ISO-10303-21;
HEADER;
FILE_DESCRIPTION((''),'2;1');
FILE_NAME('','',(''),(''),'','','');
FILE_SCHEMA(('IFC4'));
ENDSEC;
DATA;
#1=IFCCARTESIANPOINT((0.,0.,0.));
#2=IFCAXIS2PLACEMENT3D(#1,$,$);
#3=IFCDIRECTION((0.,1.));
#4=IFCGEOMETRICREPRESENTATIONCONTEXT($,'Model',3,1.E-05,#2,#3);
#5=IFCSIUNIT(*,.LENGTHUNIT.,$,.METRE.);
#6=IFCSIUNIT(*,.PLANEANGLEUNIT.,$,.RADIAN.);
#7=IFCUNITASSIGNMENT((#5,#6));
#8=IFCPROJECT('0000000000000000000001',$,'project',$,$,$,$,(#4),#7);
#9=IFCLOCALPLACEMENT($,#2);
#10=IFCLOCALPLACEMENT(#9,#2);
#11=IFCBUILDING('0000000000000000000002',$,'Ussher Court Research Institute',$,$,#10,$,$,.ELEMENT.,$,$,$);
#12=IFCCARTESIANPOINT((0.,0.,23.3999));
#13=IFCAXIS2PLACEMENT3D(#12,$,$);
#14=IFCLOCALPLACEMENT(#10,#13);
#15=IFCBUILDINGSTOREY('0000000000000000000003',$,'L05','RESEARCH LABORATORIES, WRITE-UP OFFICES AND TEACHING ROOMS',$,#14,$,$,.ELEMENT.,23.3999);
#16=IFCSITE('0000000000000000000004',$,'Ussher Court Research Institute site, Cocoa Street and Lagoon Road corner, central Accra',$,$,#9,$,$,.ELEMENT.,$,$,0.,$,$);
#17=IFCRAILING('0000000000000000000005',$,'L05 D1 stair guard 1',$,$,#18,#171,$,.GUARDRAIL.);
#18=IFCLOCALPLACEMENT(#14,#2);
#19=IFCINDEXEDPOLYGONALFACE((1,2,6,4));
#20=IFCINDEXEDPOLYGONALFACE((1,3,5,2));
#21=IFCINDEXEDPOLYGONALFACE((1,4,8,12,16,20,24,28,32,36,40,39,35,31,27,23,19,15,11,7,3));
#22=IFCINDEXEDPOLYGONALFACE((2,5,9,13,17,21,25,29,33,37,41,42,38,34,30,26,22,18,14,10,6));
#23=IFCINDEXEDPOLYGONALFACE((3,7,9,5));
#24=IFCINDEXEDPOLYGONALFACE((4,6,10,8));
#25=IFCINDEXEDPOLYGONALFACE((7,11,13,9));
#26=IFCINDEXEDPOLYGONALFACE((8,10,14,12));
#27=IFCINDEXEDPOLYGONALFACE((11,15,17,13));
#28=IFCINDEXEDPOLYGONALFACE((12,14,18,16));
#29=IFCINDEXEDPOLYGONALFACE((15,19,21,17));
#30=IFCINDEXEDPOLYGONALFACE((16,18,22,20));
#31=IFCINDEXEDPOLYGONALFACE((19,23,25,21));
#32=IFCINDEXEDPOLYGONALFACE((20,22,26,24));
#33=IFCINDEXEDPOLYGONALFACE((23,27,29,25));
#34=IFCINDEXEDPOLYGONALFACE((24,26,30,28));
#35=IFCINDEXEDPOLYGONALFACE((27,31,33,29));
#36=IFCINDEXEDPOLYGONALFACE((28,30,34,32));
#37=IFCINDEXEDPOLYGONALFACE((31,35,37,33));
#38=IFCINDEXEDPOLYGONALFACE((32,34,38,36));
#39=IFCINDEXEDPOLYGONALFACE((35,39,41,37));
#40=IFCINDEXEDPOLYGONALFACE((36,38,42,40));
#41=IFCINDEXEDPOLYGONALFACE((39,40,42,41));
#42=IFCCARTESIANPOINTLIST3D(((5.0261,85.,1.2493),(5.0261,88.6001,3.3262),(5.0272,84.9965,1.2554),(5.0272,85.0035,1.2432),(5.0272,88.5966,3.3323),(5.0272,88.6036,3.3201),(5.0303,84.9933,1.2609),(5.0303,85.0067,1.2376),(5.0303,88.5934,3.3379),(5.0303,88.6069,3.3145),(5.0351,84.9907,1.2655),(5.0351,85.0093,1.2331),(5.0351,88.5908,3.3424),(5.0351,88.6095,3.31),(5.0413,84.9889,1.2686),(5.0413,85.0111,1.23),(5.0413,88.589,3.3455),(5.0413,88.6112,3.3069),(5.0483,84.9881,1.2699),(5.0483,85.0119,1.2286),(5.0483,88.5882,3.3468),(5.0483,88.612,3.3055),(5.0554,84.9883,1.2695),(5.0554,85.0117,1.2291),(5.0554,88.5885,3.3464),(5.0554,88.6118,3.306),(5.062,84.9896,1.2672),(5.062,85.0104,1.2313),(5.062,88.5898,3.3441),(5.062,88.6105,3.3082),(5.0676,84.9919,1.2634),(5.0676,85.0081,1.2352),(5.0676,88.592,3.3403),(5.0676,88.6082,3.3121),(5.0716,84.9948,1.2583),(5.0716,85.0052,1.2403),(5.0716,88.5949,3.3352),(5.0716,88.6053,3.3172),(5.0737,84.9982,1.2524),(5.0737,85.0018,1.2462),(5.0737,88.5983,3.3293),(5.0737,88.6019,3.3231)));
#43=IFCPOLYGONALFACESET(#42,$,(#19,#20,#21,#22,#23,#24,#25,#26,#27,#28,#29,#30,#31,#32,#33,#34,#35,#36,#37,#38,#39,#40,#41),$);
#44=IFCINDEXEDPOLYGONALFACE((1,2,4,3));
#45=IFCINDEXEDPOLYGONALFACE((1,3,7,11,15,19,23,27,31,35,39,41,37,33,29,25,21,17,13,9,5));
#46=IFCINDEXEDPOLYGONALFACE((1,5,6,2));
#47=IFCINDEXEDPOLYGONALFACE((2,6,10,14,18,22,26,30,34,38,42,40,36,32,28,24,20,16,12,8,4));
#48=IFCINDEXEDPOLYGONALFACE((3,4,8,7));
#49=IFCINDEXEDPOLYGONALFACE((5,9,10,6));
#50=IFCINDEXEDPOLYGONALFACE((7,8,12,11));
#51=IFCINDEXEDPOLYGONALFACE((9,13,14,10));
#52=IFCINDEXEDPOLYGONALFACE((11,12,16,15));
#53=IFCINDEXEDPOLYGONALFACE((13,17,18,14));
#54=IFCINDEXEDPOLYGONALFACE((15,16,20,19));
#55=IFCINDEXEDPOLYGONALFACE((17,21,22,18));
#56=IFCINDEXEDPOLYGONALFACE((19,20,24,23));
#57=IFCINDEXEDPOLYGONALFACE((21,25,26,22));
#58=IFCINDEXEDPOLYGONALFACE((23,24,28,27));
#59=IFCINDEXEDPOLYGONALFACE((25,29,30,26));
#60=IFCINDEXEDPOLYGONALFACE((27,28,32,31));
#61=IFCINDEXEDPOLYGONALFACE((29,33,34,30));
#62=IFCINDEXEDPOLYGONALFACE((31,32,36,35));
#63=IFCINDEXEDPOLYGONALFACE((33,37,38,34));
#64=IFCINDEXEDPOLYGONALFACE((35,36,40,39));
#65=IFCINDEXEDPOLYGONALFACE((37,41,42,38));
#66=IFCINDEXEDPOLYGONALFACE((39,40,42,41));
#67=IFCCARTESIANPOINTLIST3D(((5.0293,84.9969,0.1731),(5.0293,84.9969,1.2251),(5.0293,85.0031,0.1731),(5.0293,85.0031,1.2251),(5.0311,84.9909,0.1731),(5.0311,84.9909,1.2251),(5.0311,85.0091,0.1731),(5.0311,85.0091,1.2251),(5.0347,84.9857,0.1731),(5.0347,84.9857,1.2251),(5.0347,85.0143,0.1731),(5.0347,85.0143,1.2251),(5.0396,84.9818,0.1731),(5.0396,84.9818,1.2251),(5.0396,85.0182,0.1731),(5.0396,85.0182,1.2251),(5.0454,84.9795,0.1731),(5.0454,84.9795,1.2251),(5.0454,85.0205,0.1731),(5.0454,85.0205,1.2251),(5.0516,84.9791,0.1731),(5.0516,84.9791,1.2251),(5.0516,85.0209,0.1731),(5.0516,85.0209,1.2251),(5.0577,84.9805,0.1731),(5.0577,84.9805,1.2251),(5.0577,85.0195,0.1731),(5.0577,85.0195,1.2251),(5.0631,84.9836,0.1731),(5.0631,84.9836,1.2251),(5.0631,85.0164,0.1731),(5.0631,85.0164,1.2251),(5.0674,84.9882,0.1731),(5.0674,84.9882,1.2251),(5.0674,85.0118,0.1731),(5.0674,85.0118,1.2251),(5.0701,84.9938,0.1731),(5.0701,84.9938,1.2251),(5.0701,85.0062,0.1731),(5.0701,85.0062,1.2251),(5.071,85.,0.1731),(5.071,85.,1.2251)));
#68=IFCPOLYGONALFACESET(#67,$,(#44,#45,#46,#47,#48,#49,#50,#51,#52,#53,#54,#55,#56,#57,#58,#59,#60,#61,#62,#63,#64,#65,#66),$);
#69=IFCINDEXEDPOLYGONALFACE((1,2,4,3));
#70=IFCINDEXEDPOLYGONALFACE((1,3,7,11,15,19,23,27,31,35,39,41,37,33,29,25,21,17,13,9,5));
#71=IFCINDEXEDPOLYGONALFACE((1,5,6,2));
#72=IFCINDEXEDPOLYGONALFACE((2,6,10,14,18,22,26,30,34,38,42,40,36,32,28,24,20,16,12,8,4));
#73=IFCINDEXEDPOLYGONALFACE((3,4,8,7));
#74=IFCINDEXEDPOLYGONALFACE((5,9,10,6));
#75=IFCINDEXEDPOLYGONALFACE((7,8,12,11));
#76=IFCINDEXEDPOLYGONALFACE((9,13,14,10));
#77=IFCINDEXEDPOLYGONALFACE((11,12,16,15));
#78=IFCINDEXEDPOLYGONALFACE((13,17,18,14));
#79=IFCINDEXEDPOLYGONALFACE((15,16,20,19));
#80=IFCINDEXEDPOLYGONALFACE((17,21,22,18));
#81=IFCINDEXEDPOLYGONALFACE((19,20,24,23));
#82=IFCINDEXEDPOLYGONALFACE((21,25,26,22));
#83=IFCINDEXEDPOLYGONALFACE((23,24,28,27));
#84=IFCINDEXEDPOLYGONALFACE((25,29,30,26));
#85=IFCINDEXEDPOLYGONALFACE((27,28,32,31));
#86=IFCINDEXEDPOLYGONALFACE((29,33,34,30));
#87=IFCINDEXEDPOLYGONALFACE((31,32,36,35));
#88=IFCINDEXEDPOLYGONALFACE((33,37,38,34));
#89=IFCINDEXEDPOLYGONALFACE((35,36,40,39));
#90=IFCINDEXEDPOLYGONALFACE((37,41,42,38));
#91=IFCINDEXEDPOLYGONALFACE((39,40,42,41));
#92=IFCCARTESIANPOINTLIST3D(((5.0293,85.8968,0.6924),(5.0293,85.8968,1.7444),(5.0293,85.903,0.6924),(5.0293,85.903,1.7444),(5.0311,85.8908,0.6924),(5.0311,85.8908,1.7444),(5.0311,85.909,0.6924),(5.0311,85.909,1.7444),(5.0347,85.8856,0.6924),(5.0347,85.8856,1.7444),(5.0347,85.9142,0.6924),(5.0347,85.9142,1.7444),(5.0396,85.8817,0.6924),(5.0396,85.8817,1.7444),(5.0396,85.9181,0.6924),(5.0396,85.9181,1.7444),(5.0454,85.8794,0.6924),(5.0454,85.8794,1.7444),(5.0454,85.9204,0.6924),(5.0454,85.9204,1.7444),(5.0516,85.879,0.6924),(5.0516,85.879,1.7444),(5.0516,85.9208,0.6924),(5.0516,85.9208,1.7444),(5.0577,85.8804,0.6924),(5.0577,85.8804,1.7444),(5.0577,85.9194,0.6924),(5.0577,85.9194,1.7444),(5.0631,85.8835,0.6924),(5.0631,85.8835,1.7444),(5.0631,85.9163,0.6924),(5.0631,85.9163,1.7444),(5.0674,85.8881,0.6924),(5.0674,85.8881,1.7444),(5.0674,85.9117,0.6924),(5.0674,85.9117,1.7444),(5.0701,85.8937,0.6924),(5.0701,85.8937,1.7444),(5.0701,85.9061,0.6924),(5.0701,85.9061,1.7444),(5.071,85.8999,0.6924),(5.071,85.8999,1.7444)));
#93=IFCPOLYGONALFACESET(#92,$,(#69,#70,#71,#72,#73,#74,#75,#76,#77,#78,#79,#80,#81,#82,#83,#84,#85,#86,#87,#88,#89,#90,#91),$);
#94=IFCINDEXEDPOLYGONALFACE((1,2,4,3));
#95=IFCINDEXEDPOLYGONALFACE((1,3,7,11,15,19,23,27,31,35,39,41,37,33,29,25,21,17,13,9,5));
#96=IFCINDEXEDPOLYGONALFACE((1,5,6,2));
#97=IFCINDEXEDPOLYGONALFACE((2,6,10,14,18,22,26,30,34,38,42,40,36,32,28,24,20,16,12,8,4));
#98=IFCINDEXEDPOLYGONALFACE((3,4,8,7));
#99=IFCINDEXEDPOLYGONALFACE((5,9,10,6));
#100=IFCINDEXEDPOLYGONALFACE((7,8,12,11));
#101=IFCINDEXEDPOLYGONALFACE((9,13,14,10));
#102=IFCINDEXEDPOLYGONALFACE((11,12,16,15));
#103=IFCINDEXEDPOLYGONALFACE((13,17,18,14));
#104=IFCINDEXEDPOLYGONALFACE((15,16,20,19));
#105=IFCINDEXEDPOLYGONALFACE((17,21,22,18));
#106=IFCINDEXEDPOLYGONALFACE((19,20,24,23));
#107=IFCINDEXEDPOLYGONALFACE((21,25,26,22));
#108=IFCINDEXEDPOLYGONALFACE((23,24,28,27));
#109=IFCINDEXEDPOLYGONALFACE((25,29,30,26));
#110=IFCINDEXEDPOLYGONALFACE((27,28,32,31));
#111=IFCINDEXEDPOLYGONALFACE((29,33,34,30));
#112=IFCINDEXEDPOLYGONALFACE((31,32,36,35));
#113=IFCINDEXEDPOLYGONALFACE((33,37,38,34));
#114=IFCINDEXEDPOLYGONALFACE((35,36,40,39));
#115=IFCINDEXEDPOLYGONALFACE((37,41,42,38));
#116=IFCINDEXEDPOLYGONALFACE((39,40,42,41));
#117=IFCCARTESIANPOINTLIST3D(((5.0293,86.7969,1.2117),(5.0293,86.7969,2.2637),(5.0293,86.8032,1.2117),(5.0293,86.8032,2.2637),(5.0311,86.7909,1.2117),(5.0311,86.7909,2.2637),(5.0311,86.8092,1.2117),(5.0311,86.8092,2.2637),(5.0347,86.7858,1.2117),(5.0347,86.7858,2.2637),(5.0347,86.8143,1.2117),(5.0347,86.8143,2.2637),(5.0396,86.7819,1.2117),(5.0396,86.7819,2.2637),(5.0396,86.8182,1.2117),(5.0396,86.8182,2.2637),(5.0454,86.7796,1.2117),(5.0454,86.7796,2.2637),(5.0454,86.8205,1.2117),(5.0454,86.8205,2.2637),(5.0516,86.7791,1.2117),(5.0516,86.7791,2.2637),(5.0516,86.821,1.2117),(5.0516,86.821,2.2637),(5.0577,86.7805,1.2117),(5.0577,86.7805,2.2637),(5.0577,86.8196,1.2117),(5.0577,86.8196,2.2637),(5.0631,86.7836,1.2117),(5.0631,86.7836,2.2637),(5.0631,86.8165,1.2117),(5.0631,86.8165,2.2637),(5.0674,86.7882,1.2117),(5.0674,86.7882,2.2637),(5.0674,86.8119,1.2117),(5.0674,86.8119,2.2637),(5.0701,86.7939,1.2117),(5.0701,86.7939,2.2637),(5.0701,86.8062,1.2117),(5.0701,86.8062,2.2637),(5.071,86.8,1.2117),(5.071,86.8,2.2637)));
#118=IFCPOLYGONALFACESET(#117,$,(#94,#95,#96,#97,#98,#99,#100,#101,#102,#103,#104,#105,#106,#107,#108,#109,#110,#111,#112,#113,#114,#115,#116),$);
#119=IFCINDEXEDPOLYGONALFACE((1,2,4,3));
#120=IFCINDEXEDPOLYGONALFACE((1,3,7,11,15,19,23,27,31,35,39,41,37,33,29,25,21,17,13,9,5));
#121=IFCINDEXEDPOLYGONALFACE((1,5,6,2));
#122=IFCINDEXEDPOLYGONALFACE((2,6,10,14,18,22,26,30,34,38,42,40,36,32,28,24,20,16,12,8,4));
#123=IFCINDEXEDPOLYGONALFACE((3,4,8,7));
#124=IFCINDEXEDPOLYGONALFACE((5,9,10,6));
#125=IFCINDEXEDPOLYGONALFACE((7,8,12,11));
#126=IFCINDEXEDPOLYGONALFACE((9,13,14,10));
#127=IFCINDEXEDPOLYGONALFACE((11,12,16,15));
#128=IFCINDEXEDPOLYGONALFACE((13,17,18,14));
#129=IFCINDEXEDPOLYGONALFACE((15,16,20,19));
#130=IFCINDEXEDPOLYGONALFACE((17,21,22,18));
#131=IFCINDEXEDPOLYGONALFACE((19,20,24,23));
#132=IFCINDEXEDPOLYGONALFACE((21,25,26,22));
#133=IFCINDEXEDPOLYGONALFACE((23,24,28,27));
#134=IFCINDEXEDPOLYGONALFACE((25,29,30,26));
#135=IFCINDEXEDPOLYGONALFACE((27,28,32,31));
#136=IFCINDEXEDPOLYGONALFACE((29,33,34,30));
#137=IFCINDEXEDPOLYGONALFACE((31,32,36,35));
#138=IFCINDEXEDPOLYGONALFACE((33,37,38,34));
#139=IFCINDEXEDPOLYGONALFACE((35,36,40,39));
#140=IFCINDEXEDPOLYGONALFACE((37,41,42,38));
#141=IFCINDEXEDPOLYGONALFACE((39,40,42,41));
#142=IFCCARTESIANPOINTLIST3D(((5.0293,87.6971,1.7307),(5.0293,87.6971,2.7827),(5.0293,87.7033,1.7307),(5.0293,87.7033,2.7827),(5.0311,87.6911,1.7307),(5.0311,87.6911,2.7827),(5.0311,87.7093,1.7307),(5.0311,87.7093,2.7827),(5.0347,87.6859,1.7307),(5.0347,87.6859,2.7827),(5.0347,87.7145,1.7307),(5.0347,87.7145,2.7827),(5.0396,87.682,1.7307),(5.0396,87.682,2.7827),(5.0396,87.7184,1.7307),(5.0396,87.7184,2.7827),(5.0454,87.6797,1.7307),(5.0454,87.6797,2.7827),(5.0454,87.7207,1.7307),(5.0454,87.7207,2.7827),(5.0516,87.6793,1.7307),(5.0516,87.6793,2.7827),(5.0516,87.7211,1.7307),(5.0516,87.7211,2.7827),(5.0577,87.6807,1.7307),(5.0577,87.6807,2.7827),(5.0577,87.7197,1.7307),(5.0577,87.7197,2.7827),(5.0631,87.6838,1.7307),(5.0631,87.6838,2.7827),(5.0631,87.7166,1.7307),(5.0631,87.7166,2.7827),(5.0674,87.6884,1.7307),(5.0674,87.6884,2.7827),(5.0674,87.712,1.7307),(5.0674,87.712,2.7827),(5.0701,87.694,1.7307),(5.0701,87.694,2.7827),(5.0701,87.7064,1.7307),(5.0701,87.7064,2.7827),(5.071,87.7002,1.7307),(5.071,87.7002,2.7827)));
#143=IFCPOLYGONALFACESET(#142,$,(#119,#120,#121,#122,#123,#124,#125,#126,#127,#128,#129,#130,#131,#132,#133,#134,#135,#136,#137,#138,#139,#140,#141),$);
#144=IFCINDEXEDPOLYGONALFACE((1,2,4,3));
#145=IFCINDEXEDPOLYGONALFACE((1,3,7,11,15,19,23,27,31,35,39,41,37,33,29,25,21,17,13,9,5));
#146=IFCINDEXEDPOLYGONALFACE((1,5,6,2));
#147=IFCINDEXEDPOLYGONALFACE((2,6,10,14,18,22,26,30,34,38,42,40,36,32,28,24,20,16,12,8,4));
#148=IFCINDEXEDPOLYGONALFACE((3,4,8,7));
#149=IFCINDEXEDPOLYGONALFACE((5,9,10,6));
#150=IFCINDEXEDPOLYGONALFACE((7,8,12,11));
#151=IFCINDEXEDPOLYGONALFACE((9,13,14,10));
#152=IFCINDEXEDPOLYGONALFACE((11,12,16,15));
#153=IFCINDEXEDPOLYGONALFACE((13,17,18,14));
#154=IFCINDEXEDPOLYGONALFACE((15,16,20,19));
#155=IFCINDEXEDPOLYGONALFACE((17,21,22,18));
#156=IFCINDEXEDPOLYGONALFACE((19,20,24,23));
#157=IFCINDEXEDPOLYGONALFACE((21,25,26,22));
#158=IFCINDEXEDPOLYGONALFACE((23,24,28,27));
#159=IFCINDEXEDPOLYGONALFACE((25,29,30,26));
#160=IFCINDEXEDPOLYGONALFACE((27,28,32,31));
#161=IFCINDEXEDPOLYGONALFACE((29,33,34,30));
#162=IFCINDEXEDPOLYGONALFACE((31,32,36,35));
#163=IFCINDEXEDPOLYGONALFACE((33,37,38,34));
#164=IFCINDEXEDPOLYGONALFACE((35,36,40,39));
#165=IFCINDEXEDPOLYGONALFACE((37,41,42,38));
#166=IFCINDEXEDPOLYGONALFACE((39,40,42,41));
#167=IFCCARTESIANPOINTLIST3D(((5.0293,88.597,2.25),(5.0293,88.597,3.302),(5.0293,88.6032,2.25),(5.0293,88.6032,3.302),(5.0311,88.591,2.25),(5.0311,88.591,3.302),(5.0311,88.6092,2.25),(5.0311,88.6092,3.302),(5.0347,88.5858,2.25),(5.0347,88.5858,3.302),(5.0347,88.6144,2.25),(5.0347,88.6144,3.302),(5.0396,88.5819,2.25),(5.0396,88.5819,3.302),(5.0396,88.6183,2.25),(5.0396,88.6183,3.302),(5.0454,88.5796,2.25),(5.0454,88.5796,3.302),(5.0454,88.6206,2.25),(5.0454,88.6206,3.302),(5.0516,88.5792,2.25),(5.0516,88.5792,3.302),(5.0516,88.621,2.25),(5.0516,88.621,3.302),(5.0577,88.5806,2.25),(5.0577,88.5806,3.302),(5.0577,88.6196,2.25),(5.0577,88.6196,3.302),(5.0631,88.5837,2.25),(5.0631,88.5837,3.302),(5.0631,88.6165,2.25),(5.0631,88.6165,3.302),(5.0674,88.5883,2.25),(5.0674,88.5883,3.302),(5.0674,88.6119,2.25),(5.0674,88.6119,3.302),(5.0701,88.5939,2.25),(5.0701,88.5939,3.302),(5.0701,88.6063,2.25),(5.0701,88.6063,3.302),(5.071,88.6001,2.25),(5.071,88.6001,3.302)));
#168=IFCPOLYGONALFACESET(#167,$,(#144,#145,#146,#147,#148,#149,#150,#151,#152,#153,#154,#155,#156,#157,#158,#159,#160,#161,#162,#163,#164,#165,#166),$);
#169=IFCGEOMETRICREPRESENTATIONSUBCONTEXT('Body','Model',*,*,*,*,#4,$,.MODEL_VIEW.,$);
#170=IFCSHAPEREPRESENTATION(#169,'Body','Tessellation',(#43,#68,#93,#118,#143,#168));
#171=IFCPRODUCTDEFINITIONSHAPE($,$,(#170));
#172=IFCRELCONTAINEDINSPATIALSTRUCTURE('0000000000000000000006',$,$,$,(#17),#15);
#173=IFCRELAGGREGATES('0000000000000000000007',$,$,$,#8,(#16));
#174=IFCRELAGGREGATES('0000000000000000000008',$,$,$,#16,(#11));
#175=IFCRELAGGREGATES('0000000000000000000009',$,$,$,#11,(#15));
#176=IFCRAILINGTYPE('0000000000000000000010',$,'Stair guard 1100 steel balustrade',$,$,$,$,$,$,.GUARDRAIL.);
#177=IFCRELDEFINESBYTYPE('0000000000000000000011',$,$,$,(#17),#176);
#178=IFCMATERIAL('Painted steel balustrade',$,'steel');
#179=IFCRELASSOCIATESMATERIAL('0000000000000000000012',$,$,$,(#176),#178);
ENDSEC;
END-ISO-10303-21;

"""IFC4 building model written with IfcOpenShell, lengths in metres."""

from ifc_helpers import new_model, si_unit, direction, frame, origin, origin_2d, place, context, subcontext, project, spatial, circle, extrude, material, type_object, element, save


model = new_model("IFC4")

# Units and contexts
model_context = context("Model", 3, precision=1e-05, world=origin(), true_north=direction((0.0, 1.0)))
body_context = subcontext(model_context, "Body", "Model", "MODEL_VIEW")
ifc_project = project(units=[si_unit("LENGTHUNIT", "METRE"), si_unit("PLANEANGLEUNIT", "RADIAN")], contexts=[model_context])

# Site, building, storey
site_placement = place(None, origin())
site = spatial("IfcSite", under=ifc_project, at=site_placement, Name="Ussher Court Research Institute site, Cocoa Street and Lagoon Road corner, central Accra", CompositionType="ELEMENT", RefElevation=0.0)
building_placement = place(site_placement, origin())
building = spatial("IfcBuilding", under=site, at=building_placement, Name="Ussher Court Research Institute", CompositionType="ELEMENT")
storey_placement = place(building_placement, frame((0.0, 0.0, 23.3999)))
storey = spatial("IfcBuildingStorey", under=building, at=storey_placement, Name="L05", Description="RESEARCH LABORATORIES, WRITE-UP OFFICES AND TEACHING ROOMS", CompositionType="ELEMENT", Elevation=23.3999)

# Railing
ifc_material_1 = material(Name="Painted steel balustrade", Category="steel")
railing_type_1 = type_object("IfcRailingType", Name="Stair guard 1100 steel balustrade", PredefinedType="GUARDRAIL", material=ifc_material_1)
railing_1_placement = place(storey_placement, frame((5.05, 85.0, 0.1731)))
element("IfcRailing", 1, at=railing_1_placement, inside=storey, type_object=railing_type_1, Name="L05 D1 stair guard 1", PredefinedType="GUARDRAIL", context=body_context, shape_type="SweptSolid", body=[
    extrude(circle(Radius=0.0239, at=origin_2d()), frame((0.0, 0.0, 1.0762), z_axis=(0.0, 0.866193, 0.499709), x_axis=(-1.0, 0.0, 0.0)), (0.0, 0.0, 1.0), 4.1562),
    extrude(circle(Radius=0.021, at=origin_2d()), origin(), (0.0, 0.0, 1.0), 1.052),
    extrude(circle(Radius=0.021, at=origin_2d()), frame((0.0, 0.8999, 0.5193)), (0.0, 0.0, 1.0), 1.052),
    extrude(circle(Radius=0.021, at=origin_2d()), frame((0.0, 1.8, 1.0386)), (0.0, 0.0, 1.0), 1.052),
    extrude(circle(Radius=0.021, at=origin_2d()), frame((0.0, 2.7002, 1.5576)), (0.0, 0.0, 1.0), 1.052),
    extrude(circle(Radius=0.021, at=origin_2d()), frame((0.0, 3.6001, 2.0769)), (0.0, 0.0, 1.0), 1.052),
])

save(model, "model.ifc")
